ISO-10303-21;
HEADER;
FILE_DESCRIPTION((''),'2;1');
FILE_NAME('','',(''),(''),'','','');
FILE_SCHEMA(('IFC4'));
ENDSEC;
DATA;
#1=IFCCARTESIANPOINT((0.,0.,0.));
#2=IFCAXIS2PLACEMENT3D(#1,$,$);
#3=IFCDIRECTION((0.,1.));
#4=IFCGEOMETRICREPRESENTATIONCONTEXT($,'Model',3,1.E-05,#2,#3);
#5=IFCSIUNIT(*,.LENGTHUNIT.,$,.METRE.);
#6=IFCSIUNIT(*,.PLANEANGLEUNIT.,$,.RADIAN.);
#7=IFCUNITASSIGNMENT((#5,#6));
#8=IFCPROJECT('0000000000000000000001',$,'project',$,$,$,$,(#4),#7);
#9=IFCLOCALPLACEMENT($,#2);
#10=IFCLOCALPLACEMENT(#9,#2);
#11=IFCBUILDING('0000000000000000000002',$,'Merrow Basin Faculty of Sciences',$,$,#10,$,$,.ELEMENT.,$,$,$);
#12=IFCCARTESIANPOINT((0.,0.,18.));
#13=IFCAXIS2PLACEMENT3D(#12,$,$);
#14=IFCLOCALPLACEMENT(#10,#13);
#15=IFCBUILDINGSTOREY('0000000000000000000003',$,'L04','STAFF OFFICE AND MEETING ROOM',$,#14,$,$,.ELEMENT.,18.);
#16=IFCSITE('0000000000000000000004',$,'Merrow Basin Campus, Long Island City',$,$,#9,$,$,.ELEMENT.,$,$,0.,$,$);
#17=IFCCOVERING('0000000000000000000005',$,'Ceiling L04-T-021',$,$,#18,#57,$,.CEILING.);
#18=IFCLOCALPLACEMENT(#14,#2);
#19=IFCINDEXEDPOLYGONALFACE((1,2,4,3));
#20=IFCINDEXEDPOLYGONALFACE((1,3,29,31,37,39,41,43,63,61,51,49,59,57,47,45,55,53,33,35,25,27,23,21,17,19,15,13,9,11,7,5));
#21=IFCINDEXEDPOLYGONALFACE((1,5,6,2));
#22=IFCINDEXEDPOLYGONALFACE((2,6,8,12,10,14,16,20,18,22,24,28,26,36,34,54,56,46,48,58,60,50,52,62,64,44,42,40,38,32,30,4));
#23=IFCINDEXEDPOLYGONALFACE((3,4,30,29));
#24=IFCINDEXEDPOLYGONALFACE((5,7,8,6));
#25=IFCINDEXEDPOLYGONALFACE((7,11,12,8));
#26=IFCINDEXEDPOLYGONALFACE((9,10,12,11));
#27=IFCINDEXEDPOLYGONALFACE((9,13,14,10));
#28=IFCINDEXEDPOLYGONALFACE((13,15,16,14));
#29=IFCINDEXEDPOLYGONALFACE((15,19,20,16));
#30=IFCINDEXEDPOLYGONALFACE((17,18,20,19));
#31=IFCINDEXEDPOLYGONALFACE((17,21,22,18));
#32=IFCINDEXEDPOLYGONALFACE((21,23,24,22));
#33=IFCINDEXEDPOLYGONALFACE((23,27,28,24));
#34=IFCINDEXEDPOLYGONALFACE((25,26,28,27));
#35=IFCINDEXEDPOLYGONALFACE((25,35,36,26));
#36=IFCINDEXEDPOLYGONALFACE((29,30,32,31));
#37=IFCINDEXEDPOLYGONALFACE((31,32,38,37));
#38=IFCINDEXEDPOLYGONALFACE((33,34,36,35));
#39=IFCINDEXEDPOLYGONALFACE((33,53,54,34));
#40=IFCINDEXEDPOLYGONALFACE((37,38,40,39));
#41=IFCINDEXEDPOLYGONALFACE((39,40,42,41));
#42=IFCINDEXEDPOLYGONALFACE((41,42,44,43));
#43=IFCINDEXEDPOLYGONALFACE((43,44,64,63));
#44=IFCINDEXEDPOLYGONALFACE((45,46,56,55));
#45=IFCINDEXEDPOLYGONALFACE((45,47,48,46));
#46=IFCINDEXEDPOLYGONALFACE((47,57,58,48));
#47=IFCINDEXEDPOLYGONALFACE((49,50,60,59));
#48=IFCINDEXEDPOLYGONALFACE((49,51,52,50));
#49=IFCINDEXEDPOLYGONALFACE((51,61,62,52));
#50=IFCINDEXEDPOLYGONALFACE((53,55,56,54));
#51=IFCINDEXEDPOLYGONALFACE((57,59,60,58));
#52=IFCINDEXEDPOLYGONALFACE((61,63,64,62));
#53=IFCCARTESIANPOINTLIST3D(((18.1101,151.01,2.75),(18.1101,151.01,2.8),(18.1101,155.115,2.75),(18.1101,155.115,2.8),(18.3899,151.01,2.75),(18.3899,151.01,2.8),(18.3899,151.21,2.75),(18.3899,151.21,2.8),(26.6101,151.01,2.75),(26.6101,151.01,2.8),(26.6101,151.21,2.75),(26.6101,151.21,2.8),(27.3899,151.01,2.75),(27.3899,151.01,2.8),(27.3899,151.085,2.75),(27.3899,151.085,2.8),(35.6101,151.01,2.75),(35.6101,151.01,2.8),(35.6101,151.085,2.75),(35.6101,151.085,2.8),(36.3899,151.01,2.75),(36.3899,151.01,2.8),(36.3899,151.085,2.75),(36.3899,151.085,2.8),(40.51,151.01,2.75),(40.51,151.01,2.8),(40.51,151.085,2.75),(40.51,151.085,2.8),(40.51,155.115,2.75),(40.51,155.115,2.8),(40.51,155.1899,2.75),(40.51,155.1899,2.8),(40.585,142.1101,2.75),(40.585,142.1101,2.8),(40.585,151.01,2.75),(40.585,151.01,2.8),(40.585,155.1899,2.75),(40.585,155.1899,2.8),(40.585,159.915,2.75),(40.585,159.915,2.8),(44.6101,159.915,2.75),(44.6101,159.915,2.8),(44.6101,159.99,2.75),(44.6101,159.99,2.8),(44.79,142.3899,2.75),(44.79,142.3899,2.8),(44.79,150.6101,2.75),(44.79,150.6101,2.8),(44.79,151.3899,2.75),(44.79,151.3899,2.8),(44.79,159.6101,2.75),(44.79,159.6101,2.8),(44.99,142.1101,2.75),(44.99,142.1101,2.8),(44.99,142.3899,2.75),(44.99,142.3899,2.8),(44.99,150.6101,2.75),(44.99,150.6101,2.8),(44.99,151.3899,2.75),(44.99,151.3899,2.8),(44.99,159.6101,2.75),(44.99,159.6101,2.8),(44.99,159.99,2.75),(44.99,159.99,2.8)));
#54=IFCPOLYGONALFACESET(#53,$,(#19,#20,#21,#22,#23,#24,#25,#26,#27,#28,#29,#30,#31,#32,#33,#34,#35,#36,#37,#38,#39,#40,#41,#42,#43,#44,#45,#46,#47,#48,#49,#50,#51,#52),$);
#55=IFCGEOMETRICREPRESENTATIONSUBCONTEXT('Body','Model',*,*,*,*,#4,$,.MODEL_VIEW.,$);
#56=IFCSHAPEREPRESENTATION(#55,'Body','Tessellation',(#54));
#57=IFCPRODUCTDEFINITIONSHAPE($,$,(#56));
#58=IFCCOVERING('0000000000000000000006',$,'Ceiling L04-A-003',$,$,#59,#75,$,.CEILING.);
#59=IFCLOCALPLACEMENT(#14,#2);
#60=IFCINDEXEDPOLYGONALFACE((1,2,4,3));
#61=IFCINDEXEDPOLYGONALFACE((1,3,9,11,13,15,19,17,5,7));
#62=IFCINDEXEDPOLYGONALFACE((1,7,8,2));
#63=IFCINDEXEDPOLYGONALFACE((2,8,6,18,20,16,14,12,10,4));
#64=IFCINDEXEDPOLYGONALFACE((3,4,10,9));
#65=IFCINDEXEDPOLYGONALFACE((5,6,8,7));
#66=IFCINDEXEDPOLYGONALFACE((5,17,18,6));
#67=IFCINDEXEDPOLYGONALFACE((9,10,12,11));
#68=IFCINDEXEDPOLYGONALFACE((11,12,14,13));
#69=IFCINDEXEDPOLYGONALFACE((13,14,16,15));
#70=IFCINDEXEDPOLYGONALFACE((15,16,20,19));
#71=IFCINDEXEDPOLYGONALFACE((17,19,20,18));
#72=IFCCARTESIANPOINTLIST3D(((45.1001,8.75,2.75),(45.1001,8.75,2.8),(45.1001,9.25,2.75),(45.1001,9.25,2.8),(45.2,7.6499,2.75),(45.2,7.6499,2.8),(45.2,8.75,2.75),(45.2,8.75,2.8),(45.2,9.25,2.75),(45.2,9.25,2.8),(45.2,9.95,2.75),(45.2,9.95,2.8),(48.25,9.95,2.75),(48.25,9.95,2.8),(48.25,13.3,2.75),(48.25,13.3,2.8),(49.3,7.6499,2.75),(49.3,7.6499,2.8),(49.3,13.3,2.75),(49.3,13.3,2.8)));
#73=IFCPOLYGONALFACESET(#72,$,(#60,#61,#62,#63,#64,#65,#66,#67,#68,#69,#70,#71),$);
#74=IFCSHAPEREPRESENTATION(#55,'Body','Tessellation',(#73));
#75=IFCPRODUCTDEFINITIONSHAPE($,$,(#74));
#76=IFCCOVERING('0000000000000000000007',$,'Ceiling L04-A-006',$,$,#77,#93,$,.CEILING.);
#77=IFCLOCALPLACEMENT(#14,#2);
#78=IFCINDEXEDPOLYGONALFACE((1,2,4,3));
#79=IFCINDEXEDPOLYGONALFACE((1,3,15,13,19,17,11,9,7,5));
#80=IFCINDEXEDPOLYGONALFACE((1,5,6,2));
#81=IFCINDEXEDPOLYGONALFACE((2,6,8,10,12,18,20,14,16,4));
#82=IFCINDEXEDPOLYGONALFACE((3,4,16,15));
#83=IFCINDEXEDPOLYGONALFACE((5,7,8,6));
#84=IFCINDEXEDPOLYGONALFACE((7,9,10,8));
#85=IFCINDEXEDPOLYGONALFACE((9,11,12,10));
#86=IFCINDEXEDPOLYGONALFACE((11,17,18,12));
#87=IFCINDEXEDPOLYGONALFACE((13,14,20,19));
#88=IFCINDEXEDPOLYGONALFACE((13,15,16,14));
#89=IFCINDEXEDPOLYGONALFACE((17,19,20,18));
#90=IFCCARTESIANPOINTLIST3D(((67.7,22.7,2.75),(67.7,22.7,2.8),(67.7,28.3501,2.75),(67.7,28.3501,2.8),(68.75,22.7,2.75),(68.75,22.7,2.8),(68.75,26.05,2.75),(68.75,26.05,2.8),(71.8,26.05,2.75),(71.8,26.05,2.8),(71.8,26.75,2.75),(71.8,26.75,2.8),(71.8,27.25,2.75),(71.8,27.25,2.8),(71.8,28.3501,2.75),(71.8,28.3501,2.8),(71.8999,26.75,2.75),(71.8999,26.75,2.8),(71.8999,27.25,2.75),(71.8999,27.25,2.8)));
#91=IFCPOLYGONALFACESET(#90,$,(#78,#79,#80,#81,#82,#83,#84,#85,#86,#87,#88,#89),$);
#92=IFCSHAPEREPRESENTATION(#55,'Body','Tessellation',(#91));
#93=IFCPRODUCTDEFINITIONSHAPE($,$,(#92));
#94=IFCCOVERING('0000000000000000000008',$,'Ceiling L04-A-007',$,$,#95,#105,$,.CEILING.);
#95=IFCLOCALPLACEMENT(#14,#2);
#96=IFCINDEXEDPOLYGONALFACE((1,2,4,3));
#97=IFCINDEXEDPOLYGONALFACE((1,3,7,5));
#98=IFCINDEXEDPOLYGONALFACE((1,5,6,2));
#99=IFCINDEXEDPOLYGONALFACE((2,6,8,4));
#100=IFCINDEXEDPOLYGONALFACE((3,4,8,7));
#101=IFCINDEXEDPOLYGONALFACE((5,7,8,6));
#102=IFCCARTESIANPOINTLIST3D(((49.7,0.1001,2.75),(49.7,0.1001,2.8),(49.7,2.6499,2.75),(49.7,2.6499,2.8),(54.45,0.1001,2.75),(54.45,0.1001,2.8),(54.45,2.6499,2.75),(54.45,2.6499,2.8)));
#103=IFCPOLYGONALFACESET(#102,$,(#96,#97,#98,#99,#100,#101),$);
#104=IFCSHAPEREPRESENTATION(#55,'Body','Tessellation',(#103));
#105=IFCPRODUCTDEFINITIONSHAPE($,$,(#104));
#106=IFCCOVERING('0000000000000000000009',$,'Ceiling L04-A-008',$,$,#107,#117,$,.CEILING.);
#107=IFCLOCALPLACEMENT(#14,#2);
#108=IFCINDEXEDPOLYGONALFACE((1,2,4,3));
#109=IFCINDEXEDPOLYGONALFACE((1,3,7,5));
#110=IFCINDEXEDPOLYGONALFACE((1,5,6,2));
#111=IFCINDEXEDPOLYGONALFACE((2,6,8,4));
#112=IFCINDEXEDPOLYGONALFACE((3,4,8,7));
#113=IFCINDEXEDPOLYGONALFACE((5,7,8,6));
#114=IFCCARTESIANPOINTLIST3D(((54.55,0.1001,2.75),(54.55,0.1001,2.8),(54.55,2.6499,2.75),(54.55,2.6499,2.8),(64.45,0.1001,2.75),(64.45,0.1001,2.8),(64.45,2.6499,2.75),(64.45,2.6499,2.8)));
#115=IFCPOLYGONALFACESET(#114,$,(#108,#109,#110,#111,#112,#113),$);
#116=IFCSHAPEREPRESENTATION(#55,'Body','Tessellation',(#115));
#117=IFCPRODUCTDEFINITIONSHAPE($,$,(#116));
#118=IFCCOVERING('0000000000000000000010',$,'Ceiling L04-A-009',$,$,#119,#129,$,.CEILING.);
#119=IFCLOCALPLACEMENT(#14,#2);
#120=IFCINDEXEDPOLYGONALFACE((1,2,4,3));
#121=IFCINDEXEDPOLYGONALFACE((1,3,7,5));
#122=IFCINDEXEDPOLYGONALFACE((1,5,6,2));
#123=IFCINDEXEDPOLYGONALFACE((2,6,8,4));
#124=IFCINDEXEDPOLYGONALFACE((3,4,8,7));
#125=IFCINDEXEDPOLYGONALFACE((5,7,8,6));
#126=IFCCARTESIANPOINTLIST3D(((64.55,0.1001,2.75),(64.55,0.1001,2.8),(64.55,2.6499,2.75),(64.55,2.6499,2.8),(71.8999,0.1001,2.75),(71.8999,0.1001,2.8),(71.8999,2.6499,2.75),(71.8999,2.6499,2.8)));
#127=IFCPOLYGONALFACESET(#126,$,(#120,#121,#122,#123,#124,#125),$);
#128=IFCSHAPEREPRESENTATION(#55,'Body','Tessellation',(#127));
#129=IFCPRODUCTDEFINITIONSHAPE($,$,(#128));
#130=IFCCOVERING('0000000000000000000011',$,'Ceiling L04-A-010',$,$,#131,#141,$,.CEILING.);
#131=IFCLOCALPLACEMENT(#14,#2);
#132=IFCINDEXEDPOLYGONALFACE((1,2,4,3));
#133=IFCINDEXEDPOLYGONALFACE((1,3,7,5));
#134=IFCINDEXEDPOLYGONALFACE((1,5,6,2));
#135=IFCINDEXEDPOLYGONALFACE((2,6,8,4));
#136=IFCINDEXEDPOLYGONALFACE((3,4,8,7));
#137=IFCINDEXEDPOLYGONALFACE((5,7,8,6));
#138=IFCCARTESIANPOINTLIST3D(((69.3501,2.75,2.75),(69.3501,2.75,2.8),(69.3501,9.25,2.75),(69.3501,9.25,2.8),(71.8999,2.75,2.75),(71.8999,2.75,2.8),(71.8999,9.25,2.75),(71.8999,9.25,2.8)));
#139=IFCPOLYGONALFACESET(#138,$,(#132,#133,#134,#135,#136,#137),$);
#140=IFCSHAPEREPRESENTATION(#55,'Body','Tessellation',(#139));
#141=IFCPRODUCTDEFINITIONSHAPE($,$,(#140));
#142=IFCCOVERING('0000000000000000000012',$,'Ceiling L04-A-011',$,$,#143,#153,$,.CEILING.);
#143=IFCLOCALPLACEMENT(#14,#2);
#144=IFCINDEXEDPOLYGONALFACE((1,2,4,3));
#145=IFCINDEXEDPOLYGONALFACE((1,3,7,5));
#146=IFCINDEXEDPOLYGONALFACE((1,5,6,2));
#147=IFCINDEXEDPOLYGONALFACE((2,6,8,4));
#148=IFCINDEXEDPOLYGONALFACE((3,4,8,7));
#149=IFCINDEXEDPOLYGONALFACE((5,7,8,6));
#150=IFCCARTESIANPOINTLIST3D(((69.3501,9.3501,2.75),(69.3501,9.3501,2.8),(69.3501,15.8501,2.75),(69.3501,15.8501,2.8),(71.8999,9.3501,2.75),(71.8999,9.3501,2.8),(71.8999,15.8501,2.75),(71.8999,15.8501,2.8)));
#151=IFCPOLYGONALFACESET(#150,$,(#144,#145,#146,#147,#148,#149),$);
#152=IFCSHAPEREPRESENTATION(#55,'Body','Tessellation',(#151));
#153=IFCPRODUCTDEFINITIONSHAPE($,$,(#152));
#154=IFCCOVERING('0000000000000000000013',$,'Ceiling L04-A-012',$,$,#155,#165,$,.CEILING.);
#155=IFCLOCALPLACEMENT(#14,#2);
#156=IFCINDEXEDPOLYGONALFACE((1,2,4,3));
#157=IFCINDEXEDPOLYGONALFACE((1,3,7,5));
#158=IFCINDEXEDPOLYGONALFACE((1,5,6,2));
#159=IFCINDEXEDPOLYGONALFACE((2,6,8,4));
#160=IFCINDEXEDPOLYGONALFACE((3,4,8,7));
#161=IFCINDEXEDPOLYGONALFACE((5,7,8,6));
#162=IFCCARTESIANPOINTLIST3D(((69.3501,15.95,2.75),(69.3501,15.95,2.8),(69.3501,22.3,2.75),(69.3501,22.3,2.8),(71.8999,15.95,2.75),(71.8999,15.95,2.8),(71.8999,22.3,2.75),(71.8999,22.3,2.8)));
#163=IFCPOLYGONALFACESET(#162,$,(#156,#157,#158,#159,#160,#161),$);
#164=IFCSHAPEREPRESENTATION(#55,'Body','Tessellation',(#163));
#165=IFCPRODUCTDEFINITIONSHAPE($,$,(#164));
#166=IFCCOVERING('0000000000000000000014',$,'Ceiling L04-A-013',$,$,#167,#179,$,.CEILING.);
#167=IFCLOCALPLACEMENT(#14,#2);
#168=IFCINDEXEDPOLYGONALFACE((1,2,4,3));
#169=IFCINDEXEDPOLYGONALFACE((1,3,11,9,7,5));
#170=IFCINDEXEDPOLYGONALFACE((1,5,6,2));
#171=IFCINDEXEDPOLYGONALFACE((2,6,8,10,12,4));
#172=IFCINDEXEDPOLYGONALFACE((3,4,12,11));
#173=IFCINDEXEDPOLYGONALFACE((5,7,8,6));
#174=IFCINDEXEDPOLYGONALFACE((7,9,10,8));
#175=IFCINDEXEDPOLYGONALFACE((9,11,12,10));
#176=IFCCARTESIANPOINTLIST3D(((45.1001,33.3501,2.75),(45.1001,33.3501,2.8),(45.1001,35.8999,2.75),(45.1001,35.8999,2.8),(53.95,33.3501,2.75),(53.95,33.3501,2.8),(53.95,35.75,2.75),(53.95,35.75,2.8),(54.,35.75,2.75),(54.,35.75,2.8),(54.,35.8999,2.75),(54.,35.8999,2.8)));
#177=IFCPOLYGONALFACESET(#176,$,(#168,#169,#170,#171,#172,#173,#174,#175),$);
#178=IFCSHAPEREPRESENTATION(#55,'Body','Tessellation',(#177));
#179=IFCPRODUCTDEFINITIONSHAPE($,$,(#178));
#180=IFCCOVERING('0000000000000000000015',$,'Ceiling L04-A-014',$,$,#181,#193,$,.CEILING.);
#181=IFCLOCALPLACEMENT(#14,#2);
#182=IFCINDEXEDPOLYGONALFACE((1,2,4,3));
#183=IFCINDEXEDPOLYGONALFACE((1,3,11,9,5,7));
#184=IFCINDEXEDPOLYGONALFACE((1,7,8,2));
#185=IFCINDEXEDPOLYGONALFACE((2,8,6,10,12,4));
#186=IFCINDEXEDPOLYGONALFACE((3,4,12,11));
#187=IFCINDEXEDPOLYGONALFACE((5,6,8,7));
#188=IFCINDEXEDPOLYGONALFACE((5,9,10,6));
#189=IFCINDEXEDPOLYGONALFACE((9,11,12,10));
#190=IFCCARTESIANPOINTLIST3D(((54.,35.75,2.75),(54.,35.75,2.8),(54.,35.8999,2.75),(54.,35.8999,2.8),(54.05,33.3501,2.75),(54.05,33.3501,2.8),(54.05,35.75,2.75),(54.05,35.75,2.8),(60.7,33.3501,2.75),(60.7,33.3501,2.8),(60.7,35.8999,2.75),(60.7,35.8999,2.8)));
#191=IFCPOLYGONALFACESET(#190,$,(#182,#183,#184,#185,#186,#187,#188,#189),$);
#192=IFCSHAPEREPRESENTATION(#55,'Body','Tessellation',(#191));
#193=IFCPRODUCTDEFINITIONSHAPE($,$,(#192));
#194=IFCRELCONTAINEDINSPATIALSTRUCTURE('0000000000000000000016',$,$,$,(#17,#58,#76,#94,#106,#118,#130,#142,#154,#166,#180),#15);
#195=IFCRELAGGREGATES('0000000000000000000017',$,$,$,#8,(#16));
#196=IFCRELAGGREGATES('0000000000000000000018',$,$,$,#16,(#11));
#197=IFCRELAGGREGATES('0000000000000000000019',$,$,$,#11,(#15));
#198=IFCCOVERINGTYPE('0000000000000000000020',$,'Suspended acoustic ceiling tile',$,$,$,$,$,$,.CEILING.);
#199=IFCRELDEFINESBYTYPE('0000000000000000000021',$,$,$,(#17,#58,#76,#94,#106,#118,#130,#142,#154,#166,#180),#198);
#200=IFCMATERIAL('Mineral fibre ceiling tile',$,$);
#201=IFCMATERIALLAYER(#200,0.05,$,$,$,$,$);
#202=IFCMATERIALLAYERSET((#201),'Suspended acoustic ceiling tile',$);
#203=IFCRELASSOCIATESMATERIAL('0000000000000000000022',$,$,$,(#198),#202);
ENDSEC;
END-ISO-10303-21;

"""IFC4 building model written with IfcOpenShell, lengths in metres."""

from ifc_helpers import new_model, si_unit, direction, frame, origin, place, context, subcontext, project, spatial, polyline, outline, extrude, material, layer, layer_set, type_object, element, save


model = new_model("IFC4")

# Units and contexts
model_context = context("Model", 3, precision=1e-05, world=origin(), true_north=direction((0.0, 1.0)))
body_context = subcontext(model_context, "Body", "Model", "MODEL_VIEW")
ifc_project = project(units=[si_unit("LENGTHUNIT", "METRE"), si_unit("PLANEANGLEUNIT", "RADIAN")], contexts=[model_context])

# Site, building, storey
site_placement = place(None, origin())
site = spatial("IfcSite", under=ifc_project, at=site_placement, Name="Merrow Basin Campus, Long Island City", CompositionType="ELEMENT", RefElevation=0.0)
building_placement = place(site_placement, origin())
building = spatial("IfcBuilding", under=site, at=building_placement, Name="Merrow Basin Faculty of Sciences", CompositionType="ELEMENT")
storey_placement = place(building_placement, frame((0.0, 0.0, 18.0)))
storey = spatial("IfcBuildingStorey", under=building, at=storey_placement, Name="L04", Description="STAFF OFFICE AND MEETING ROOM", CompositionType="ELEMENT", Elevation=18.0)

# Coverings
ifc_material_1 = material(Name="Mineral fibre ceiling tile")
ifc_layer_1 = layer(ifc_material_1, 0.05)
ifc_layer_set_1 = layer_set([ifc_layer_1], Name="Suspended acoustic ceiling tile")
covering_type_1 = type_object("IfcCoveringType", Name="Suspended acoustic ceiling tile", PredefinedType="CEILING", material=ifc_layer_set_1)
covering_1_placement = place(storey_placement, frame((0.0, 0.0, 2.75)))
element("IfcCovering", 1, at=covering_1_placement, inside=storey, type_object=covering_type_1, Name="Ceiling L04-T-021", PredefinedType="CEILING", context=body_context, shape_type="SweptSolid", body=[
    extrude(outline(polyline([(44.99, 159.6101), (44.79, 159.6101), (44.79, 151.3899), (44.99, 151.3899), (44.99, 150.6101), (44.79, 150.6101), (44.79, 142.3899), (44.99, 142.3899), (44.99, 142.1101), (40.585, 142.1101), (40.585, 151.01), (40.51, 151.01), (40.51, 151.085), (36.3899, 151.085), (36.3899, 151.01), (35.6101, 151.01), (35.6101, 151.085), (27.3899, 151.085), (27.3899, 151.01), (26.6101, 151.01), (26.6101, 151.21), (18.3899, 151.21), (18.3899, 151.01), (18.1101, 151.01), (18.1101, 155.115), (40.51, 155.115), (40.51, 155.1899), (40.585, 155.1899), (40.585, 159.915), (44.6101, 159.915), (44.6101, 159.99), (44.99, 159.99), (44.99, 159.6101)])), origin(), (0.0, 0.0, 1.0), 0.05),
])
covering_2_placement = place(storey_placement, frame((0.0, 0.0, 2.75)))
element("IfcCovering", 2, at=covering_2_placement, inside=storey, type_object=covering_type_1, Name="Ceiling L04-A-003", PredefinedType="CEILING", context=body_context, shape_type="SweptSolid", body=[
    extrude(outline(polyline([(45.1001, 9.25), (45.2, 9.25), (45.2, 9.95), (48.25, 9.95), (48.25, 13.3), (49.3, 13.3), (49.3, 7.6499), (45.2, 7.6499), (45.2, 8.75), (45.1001, 8.75), (45.1001, 9.25)])), origin(), (0.0, 0.0, 1.0), 0.05),
])
covering_3_placement = place(storey_placement, frame((0.0, 0.0, 2.75)))
element("IfcCovering", 3, at=covering_3_placement, inside=storey, type_object=covering_type_1, Name="Ceiling L04-A-006", PredefinedType="CEILING", context=body_context, shape_type="SweptSolid", body=[
    extrude(outline(polyline([(71.8999, 26.75), (71.8, 26.75), (71.8, 26.05), (68.75, 26.05), (68.75, 22.7), (67.7, 22.7), (67.7, 28.3501), (71.8, 28.3501), (71.8, 27.25), (71.8999, 27.25), (71.8999, 26.75)])), origin(), (0.0, 0.0, 1.0), 0.05),
])
covering_4_placement = place(storey_placement, frame((0.0, 0.0, 2.75)))
element("IfcCovering", 4, at=covering_4_placement, inside=storey, type_object=covering_type_1, Name="Ceiling L04-A-007", PredefinedType="CEILING", context=body_context, shape_type="SweptSolid", body=[
    extrude(outline(polyline([(49.7, 0.1001), (49.7, 2.6499), (54.45, 2.6499), (54.45, 0.1001), (49.7, 0.1001)])), origin(), (0.0, 0.0, 1.0), 0.05),
])
covering_5_placement = place(storey_placement, frame((0.0, 0.0, 2.75)))
element("IfcCovering", 5, at=covering_5_placement, inside=storey, type_object=covering_type_1, Name="Ceiling L04-A-008", PredefinedType="CEILING", context=body_context, shape_type="SweptSolid", body=[
    extrude(outline(polyline([(54.55, 0.1001), (54.55, 2.6499), (64.45, 2.6499), (64.45, 0.1001), (54.55, 0.1001)])), origin(), (0.0, 0.0, 1.0), 0.05),
])
covering_6_placement = place(storey_placement, frame((0.0, 0.0, 2.75)))
element("IfcCovering", 6, at=covering_6_placement, inside=storey, type_object=covering_type_1, Name="Ceiling L04-A-009", PredefinedType="CEILING", context=body_context, shape_type="SweptSolid", body=[
    extrude(outline(polyline([(71.8999, 0.1001), (64.55, 0.1001), (64.55, 2.6499), (71.8999, 2.6499), (71.8999, 0.1001)])), origin(), (0.0, 0.0, 1.0), 0.05),
])
covering_7_placement = place(storey_placement, frame((0.0, 0.0, 2.75)))
element("IfcCovering", 7, at=covering_7_placement, inside=storey, type_object=covering_type_1, Name="Ceiling L04-A-010", PredefinedType="CEILING", context=body_context, shape_type="SweptSolid", body=[
    extrude(outline(polyline([(71.8999, 2.75), (69.3501, 2.75), (69.3501, 9.25), (71.8999, 9.25), (71.8999, 2.75)])), origin(), (0.0, 0.0, 1.0), 0.05),
])
covering_8_placement = place(storey_placement, frame((0.0, 0.0, 2.75)))
element("IfcCovering", 8, at=covering_8_placement, inside=storey, type_object=covering_type_1, Name="Ceiling L04-A-011", PredefinedType="CEILING", context=body_context, shape_type="SweptSolid", body=[
    extrude(outline(polyline([(71.8999, 9.3501), (69.3501, 9.3501), (69.3501, 15.8501), (71.8999, 15.8501), (71.8999, 9.3501)])), origin(), (0.0, 0.0, 1.0), 0.05),
])
covering_9_placement = place(storey_placement, frame((0.0, 0.0, 2.75)))
element("IfcCovering", 9, at=covering_9_placement, inside=storey, type_object=covering_type_1, Name="Ceiling L04-A-012", PredefinedType="CEILING", context=body_context, shape_type="SweptSolid", body=[
    extrude(outline(polyline([(71.8999, 15.95), (69.3501, 15.95), (69.3501, 22.3), (71.8999, 22.3), (71.8999, 15.95)])), origin(), (0.0, 0.0, 1.0), 0.05),
])
covering_10_placement = place(storey_placement, frame((0.0, 0.0, 2.75)))
element("IfcCovering", 10, at=covering_10_placement, inside=storey, type_object=covering_type_1, Name="Ceiling L04-A-013", PredefinedType="CEILING", context=body_context, shape_type="SweptSolid", body=[
    extrude(outline(polyline([(45.1001, 35.8999), (54.0, 35.8999), (54.0, 35.75), (53.95, 35.75), (53.95, 33.3501), (45.1001, 33.3501), (45.1001, 35.8999)])), origin(), (0.0, 0.0, 1.0), 0.05),
])
covering_11_placement = place(storey_placement, frame((0.0, 0.0, 2.75)))
element("IfcCovering", 11, at=covering_11_placement, inside=storey, type_object=covering_type_1, Name="Ceiling L04-A-014", PredefinedType="CEILING", context=body_context, shape_type="SweptSolid", body=[
    extrude(outline(polyline([(54.0, 35.8999), (60.7, 35.8999), (60.7, 33.3501), (54.05, 33.3501), (54.05, 35.75), (54.0, 35.75), (54.0, 35.8999)])), origin(), (0.0, 0.0, 1.0), 0.05),
])

save(model, "model.ifc")
